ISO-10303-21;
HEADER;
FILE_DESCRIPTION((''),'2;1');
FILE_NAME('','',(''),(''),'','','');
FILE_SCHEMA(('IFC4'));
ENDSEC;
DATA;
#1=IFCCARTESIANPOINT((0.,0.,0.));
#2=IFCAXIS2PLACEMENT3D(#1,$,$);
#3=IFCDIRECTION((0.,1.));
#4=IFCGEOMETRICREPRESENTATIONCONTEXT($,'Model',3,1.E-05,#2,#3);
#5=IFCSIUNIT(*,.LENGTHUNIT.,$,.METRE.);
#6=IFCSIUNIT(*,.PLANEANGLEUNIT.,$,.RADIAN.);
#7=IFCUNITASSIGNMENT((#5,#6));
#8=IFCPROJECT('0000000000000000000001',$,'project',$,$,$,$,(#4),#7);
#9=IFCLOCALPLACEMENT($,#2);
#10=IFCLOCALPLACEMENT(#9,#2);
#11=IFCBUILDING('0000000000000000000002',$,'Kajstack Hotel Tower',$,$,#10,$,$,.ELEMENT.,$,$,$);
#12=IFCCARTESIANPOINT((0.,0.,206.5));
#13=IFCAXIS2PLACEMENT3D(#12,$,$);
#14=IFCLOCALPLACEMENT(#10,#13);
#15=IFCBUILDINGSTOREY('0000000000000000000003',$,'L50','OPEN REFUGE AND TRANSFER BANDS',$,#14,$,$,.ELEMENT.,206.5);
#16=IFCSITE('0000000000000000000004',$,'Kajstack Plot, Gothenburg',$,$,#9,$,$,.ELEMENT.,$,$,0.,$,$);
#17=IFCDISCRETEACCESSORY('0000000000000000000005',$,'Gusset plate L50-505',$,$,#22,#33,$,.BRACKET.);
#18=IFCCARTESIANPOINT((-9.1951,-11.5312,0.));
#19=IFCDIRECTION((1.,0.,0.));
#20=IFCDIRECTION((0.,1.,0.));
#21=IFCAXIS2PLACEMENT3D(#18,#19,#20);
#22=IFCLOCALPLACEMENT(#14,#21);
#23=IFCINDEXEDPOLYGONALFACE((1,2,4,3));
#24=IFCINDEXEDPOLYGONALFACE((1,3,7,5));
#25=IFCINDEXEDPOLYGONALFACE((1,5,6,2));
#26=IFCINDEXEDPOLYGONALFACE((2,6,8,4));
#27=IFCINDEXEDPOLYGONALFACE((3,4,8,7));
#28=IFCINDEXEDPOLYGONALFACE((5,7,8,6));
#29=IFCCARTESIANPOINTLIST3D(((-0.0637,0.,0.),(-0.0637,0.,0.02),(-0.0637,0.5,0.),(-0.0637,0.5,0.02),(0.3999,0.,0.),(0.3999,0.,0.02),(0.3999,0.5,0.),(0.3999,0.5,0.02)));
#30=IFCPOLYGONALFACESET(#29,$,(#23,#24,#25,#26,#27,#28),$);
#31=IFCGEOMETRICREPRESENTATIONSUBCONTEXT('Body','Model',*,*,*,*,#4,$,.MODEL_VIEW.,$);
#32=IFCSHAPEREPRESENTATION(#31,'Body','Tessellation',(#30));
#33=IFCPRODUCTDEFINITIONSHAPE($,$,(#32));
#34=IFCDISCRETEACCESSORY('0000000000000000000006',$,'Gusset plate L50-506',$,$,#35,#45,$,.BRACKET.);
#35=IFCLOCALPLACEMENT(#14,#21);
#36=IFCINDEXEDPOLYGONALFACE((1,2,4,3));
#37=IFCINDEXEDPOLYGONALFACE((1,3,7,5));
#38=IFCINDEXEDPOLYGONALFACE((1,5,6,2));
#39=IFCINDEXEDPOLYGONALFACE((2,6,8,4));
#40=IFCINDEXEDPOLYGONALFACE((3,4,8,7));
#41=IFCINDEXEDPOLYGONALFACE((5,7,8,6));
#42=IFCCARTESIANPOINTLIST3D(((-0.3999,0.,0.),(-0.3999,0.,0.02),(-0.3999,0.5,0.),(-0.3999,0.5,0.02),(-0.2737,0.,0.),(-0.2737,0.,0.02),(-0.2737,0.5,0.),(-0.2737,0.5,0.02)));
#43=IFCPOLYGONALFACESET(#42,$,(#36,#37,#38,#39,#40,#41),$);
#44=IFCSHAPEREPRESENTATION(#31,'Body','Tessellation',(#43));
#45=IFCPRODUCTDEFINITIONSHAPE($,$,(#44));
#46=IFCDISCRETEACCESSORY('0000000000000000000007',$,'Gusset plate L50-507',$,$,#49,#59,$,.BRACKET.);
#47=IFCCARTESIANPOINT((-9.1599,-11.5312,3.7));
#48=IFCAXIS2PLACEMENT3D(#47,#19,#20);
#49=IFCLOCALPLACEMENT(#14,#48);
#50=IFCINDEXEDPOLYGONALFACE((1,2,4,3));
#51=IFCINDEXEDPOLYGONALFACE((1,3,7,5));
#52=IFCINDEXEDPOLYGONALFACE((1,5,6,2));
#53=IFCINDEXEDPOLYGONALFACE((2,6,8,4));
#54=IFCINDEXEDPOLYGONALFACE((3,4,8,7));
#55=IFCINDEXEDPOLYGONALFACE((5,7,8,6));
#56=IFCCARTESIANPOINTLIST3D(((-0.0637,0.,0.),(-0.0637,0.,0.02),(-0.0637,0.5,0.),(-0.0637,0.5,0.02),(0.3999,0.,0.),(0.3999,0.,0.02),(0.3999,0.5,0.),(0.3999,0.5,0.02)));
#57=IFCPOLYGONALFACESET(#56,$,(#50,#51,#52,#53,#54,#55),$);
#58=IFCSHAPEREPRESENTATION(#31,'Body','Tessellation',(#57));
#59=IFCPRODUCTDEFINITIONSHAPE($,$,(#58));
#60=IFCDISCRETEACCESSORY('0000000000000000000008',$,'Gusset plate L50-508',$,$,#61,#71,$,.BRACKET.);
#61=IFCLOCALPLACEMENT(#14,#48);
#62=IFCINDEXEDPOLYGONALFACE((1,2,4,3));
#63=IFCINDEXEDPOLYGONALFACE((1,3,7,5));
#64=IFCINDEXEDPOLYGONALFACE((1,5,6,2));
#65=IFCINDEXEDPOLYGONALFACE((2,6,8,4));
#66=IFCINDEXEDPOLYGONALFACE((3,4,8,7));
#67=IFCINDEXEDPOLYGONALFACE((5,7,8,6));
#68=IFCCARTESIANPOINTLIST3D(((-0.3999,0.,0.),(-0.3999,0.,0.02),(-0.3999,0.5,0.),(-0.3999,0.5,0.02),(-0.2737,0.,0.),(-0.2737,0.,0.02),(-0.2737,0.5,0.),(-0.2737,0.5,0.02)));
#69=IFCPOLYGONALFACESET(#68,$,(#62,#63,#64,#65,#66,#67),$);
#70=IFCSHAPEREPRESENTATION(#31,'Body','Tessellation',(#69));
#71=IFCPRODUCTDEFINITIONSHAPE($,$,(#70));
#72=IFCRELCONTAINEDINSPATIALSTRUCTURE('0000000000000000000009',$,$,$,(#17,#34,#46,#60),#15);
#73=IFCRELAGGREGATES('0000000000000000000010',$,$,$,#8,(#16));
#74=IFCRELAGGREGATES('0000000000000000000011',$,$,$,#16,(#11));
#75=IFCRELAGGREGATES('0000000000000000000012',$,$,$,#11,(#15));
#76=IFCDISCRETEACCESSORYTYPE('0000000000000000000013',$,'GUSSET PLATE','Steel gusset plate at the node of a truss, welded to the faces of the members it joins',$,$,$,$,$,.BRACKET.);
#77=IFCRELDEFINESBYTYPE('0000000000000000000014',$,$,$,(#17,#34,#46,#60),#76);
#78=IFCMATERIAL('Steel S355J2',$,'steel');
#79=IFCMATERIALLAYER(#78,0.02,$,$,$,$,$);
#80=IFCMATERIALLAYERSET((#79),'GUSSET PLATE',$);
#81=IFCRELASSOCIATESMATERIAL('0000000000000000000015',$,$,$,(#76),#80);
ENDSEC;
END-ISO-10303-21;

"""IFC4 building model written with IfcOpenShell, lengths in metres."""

from ifc_helpers import new_model, si_unit, direction, frame, origin, place, context, subcontext, project, spatial, polyline, outline, extrude, material, layer, layer_set, type_object, element, save


model = new_model("IFC4")

# Units and contexts
model_context = context("Model", 3, precision=1e-05, world=origin(), true_north=direction((0.0, 1.0)))
body_context = subcontext(model_context, "Body", "Model", "MODEL_VIEW")
ifc_project = project(units=[si_unit("LENGTHUNIT", "METRE"), si_unit("PLANEANGLEUNIT", "RADIAN")], contexts=[model_context])

# Site, building, storey
site_placement = place(None, origin())
site = spatial("IfcSite", under=ifc_project, at=site_placement, Name="Kajstack Plot, Gothenburg", CompositionType="ELEMENT", RefElevation=0.0)
building_placement = place(site_placement, origin())
building = spatial("IfcBuilding", under=site, at=building_placement, Name="Kajstack Hotel Tower", CompositionType="ELEMENT")
storey_placement = place(building_placement, frame((0.0, 0.0, 206.5)))
storey = spatial("IfcBuildingStorey", under=building, at=storey_placement, Name="L50", Description="OPEN REFUGE AND TRANSFER BANDS", CompositionType="ELEMENT", Elevation=206.5)

# Shared definitions
ifc_material_1 = material(Name="Steel S355J2", Category="steel")

# Discrete accessories
ifc_layer_1 = layer(ifc_material_1, 0.02)
ifc_layer_set_1 = layer_set([ifc_layer_1], Name="GUSSET PLATE")
discrete_accessory_type = type_object("IfcDiscreteAccessoryType", Name="GUSSET PLATE", Description="Steel gusset plate at the node of a truss, welded to the faces of the members it joins", PredefinedType="BRACKET", material=ifc_layer_set_1)
discrete_accessory_1_placement = place(storey_placement, frame((-9.1951, -11.5312, 0.0), z_axis=(1.0, 0.0, 0.0), x_axis=(0.0, 1.0, 0.0)))
element("IfcDiscreteAccessory", 1, at=discrete_accessory_1_placement, inside=storey, type_object=discrete_accessory_type, Name="Gusset plate L50-505", PredefinedType="BRACKET", context=body_context, shape_type="SweptSolid", body=[
    extrude(outline(polyline([(0.3999, 0.5), (-0.0637, 0.5), (-0.0637, 0.0), (0.3999, 0.0), (0.3999, 0.5)])), origin(), (0.0, 0.0, 1.0), 0.02),
])
discrete_accessory_2_placement = place(storey_placement, frame((-9.1951, -11.5312, 0.0), z_axis=(1.0, 0.0, 0.0), x_axis=(0.0, 1.0, 0.0)))
element("IfcDiscreteAccessory", 2, at=discrete_accessory_2_placement, inside=storey, type_object=discrete_accessory_type, Name="Gusset plate L50-506", PredefinedType="BRACKET", context=body_context, shape_type="SweptSolid", body=[
    extrude(outline(polyline([(-0.3999, 0.0), (-0.2737, 0.0), (-0.2737, 0.5), (-0.3999, 0.5), (-0.3999, 0.0)])), origin(), (0.0, 0.0, 1.0), 0.02),
])
discrete_accessory_3_placement = place(storey_placement, frame((-9.1599, -11.5312, 3.7), z_axis=(1.0, 0.0, 0.0), x_axis=(0.0, 1.0, 0.0)))
element("IfcDiscreteAccessory", 3, at=discrete_accessory_3_placement, inside=storey, type_object=discrete_accessory_type, Name="Gusset plate L50-507", PredefinedType="BRACKET", context=body_context, shape_type="SweptSolid", body=[
    extrude(outline(polyline([(0.3999, 0.5), (-0.0637, 0.5), (-0.0637, 0.0), (0.3999, 0.0), (0.3999, 0.5)])), origin(), (0.0, 0.0, 1.0), 0.02),
])
discrete_accessory_4_placement = place(storey_placement, frame((-9.1599, -11.5312, 3.7), z_axis=(1.0, 0.0, 0.0), x_axis=(0.0, 1.0, 0.0)))
element("IfcDiscreteAccessory", 4, at=discrete_accessory_4_placement, inside=storey, type_object=discrete_accessory_type, Name="Gusset plate L50-508", PredefinedType="BRACKET", context=body_context, shape_type="SweptSolid", body=[
    extrude(outline(polyline([(-0.3999, 0.0), (-0.2737, 0.0), (-0.2737, 0.5), (-0.3999, 0.5), (-0.3999, 0.0)])), origin(), (0.0, 0.0, 1.0), 0.02),
])

save(model, "model.ifc")
